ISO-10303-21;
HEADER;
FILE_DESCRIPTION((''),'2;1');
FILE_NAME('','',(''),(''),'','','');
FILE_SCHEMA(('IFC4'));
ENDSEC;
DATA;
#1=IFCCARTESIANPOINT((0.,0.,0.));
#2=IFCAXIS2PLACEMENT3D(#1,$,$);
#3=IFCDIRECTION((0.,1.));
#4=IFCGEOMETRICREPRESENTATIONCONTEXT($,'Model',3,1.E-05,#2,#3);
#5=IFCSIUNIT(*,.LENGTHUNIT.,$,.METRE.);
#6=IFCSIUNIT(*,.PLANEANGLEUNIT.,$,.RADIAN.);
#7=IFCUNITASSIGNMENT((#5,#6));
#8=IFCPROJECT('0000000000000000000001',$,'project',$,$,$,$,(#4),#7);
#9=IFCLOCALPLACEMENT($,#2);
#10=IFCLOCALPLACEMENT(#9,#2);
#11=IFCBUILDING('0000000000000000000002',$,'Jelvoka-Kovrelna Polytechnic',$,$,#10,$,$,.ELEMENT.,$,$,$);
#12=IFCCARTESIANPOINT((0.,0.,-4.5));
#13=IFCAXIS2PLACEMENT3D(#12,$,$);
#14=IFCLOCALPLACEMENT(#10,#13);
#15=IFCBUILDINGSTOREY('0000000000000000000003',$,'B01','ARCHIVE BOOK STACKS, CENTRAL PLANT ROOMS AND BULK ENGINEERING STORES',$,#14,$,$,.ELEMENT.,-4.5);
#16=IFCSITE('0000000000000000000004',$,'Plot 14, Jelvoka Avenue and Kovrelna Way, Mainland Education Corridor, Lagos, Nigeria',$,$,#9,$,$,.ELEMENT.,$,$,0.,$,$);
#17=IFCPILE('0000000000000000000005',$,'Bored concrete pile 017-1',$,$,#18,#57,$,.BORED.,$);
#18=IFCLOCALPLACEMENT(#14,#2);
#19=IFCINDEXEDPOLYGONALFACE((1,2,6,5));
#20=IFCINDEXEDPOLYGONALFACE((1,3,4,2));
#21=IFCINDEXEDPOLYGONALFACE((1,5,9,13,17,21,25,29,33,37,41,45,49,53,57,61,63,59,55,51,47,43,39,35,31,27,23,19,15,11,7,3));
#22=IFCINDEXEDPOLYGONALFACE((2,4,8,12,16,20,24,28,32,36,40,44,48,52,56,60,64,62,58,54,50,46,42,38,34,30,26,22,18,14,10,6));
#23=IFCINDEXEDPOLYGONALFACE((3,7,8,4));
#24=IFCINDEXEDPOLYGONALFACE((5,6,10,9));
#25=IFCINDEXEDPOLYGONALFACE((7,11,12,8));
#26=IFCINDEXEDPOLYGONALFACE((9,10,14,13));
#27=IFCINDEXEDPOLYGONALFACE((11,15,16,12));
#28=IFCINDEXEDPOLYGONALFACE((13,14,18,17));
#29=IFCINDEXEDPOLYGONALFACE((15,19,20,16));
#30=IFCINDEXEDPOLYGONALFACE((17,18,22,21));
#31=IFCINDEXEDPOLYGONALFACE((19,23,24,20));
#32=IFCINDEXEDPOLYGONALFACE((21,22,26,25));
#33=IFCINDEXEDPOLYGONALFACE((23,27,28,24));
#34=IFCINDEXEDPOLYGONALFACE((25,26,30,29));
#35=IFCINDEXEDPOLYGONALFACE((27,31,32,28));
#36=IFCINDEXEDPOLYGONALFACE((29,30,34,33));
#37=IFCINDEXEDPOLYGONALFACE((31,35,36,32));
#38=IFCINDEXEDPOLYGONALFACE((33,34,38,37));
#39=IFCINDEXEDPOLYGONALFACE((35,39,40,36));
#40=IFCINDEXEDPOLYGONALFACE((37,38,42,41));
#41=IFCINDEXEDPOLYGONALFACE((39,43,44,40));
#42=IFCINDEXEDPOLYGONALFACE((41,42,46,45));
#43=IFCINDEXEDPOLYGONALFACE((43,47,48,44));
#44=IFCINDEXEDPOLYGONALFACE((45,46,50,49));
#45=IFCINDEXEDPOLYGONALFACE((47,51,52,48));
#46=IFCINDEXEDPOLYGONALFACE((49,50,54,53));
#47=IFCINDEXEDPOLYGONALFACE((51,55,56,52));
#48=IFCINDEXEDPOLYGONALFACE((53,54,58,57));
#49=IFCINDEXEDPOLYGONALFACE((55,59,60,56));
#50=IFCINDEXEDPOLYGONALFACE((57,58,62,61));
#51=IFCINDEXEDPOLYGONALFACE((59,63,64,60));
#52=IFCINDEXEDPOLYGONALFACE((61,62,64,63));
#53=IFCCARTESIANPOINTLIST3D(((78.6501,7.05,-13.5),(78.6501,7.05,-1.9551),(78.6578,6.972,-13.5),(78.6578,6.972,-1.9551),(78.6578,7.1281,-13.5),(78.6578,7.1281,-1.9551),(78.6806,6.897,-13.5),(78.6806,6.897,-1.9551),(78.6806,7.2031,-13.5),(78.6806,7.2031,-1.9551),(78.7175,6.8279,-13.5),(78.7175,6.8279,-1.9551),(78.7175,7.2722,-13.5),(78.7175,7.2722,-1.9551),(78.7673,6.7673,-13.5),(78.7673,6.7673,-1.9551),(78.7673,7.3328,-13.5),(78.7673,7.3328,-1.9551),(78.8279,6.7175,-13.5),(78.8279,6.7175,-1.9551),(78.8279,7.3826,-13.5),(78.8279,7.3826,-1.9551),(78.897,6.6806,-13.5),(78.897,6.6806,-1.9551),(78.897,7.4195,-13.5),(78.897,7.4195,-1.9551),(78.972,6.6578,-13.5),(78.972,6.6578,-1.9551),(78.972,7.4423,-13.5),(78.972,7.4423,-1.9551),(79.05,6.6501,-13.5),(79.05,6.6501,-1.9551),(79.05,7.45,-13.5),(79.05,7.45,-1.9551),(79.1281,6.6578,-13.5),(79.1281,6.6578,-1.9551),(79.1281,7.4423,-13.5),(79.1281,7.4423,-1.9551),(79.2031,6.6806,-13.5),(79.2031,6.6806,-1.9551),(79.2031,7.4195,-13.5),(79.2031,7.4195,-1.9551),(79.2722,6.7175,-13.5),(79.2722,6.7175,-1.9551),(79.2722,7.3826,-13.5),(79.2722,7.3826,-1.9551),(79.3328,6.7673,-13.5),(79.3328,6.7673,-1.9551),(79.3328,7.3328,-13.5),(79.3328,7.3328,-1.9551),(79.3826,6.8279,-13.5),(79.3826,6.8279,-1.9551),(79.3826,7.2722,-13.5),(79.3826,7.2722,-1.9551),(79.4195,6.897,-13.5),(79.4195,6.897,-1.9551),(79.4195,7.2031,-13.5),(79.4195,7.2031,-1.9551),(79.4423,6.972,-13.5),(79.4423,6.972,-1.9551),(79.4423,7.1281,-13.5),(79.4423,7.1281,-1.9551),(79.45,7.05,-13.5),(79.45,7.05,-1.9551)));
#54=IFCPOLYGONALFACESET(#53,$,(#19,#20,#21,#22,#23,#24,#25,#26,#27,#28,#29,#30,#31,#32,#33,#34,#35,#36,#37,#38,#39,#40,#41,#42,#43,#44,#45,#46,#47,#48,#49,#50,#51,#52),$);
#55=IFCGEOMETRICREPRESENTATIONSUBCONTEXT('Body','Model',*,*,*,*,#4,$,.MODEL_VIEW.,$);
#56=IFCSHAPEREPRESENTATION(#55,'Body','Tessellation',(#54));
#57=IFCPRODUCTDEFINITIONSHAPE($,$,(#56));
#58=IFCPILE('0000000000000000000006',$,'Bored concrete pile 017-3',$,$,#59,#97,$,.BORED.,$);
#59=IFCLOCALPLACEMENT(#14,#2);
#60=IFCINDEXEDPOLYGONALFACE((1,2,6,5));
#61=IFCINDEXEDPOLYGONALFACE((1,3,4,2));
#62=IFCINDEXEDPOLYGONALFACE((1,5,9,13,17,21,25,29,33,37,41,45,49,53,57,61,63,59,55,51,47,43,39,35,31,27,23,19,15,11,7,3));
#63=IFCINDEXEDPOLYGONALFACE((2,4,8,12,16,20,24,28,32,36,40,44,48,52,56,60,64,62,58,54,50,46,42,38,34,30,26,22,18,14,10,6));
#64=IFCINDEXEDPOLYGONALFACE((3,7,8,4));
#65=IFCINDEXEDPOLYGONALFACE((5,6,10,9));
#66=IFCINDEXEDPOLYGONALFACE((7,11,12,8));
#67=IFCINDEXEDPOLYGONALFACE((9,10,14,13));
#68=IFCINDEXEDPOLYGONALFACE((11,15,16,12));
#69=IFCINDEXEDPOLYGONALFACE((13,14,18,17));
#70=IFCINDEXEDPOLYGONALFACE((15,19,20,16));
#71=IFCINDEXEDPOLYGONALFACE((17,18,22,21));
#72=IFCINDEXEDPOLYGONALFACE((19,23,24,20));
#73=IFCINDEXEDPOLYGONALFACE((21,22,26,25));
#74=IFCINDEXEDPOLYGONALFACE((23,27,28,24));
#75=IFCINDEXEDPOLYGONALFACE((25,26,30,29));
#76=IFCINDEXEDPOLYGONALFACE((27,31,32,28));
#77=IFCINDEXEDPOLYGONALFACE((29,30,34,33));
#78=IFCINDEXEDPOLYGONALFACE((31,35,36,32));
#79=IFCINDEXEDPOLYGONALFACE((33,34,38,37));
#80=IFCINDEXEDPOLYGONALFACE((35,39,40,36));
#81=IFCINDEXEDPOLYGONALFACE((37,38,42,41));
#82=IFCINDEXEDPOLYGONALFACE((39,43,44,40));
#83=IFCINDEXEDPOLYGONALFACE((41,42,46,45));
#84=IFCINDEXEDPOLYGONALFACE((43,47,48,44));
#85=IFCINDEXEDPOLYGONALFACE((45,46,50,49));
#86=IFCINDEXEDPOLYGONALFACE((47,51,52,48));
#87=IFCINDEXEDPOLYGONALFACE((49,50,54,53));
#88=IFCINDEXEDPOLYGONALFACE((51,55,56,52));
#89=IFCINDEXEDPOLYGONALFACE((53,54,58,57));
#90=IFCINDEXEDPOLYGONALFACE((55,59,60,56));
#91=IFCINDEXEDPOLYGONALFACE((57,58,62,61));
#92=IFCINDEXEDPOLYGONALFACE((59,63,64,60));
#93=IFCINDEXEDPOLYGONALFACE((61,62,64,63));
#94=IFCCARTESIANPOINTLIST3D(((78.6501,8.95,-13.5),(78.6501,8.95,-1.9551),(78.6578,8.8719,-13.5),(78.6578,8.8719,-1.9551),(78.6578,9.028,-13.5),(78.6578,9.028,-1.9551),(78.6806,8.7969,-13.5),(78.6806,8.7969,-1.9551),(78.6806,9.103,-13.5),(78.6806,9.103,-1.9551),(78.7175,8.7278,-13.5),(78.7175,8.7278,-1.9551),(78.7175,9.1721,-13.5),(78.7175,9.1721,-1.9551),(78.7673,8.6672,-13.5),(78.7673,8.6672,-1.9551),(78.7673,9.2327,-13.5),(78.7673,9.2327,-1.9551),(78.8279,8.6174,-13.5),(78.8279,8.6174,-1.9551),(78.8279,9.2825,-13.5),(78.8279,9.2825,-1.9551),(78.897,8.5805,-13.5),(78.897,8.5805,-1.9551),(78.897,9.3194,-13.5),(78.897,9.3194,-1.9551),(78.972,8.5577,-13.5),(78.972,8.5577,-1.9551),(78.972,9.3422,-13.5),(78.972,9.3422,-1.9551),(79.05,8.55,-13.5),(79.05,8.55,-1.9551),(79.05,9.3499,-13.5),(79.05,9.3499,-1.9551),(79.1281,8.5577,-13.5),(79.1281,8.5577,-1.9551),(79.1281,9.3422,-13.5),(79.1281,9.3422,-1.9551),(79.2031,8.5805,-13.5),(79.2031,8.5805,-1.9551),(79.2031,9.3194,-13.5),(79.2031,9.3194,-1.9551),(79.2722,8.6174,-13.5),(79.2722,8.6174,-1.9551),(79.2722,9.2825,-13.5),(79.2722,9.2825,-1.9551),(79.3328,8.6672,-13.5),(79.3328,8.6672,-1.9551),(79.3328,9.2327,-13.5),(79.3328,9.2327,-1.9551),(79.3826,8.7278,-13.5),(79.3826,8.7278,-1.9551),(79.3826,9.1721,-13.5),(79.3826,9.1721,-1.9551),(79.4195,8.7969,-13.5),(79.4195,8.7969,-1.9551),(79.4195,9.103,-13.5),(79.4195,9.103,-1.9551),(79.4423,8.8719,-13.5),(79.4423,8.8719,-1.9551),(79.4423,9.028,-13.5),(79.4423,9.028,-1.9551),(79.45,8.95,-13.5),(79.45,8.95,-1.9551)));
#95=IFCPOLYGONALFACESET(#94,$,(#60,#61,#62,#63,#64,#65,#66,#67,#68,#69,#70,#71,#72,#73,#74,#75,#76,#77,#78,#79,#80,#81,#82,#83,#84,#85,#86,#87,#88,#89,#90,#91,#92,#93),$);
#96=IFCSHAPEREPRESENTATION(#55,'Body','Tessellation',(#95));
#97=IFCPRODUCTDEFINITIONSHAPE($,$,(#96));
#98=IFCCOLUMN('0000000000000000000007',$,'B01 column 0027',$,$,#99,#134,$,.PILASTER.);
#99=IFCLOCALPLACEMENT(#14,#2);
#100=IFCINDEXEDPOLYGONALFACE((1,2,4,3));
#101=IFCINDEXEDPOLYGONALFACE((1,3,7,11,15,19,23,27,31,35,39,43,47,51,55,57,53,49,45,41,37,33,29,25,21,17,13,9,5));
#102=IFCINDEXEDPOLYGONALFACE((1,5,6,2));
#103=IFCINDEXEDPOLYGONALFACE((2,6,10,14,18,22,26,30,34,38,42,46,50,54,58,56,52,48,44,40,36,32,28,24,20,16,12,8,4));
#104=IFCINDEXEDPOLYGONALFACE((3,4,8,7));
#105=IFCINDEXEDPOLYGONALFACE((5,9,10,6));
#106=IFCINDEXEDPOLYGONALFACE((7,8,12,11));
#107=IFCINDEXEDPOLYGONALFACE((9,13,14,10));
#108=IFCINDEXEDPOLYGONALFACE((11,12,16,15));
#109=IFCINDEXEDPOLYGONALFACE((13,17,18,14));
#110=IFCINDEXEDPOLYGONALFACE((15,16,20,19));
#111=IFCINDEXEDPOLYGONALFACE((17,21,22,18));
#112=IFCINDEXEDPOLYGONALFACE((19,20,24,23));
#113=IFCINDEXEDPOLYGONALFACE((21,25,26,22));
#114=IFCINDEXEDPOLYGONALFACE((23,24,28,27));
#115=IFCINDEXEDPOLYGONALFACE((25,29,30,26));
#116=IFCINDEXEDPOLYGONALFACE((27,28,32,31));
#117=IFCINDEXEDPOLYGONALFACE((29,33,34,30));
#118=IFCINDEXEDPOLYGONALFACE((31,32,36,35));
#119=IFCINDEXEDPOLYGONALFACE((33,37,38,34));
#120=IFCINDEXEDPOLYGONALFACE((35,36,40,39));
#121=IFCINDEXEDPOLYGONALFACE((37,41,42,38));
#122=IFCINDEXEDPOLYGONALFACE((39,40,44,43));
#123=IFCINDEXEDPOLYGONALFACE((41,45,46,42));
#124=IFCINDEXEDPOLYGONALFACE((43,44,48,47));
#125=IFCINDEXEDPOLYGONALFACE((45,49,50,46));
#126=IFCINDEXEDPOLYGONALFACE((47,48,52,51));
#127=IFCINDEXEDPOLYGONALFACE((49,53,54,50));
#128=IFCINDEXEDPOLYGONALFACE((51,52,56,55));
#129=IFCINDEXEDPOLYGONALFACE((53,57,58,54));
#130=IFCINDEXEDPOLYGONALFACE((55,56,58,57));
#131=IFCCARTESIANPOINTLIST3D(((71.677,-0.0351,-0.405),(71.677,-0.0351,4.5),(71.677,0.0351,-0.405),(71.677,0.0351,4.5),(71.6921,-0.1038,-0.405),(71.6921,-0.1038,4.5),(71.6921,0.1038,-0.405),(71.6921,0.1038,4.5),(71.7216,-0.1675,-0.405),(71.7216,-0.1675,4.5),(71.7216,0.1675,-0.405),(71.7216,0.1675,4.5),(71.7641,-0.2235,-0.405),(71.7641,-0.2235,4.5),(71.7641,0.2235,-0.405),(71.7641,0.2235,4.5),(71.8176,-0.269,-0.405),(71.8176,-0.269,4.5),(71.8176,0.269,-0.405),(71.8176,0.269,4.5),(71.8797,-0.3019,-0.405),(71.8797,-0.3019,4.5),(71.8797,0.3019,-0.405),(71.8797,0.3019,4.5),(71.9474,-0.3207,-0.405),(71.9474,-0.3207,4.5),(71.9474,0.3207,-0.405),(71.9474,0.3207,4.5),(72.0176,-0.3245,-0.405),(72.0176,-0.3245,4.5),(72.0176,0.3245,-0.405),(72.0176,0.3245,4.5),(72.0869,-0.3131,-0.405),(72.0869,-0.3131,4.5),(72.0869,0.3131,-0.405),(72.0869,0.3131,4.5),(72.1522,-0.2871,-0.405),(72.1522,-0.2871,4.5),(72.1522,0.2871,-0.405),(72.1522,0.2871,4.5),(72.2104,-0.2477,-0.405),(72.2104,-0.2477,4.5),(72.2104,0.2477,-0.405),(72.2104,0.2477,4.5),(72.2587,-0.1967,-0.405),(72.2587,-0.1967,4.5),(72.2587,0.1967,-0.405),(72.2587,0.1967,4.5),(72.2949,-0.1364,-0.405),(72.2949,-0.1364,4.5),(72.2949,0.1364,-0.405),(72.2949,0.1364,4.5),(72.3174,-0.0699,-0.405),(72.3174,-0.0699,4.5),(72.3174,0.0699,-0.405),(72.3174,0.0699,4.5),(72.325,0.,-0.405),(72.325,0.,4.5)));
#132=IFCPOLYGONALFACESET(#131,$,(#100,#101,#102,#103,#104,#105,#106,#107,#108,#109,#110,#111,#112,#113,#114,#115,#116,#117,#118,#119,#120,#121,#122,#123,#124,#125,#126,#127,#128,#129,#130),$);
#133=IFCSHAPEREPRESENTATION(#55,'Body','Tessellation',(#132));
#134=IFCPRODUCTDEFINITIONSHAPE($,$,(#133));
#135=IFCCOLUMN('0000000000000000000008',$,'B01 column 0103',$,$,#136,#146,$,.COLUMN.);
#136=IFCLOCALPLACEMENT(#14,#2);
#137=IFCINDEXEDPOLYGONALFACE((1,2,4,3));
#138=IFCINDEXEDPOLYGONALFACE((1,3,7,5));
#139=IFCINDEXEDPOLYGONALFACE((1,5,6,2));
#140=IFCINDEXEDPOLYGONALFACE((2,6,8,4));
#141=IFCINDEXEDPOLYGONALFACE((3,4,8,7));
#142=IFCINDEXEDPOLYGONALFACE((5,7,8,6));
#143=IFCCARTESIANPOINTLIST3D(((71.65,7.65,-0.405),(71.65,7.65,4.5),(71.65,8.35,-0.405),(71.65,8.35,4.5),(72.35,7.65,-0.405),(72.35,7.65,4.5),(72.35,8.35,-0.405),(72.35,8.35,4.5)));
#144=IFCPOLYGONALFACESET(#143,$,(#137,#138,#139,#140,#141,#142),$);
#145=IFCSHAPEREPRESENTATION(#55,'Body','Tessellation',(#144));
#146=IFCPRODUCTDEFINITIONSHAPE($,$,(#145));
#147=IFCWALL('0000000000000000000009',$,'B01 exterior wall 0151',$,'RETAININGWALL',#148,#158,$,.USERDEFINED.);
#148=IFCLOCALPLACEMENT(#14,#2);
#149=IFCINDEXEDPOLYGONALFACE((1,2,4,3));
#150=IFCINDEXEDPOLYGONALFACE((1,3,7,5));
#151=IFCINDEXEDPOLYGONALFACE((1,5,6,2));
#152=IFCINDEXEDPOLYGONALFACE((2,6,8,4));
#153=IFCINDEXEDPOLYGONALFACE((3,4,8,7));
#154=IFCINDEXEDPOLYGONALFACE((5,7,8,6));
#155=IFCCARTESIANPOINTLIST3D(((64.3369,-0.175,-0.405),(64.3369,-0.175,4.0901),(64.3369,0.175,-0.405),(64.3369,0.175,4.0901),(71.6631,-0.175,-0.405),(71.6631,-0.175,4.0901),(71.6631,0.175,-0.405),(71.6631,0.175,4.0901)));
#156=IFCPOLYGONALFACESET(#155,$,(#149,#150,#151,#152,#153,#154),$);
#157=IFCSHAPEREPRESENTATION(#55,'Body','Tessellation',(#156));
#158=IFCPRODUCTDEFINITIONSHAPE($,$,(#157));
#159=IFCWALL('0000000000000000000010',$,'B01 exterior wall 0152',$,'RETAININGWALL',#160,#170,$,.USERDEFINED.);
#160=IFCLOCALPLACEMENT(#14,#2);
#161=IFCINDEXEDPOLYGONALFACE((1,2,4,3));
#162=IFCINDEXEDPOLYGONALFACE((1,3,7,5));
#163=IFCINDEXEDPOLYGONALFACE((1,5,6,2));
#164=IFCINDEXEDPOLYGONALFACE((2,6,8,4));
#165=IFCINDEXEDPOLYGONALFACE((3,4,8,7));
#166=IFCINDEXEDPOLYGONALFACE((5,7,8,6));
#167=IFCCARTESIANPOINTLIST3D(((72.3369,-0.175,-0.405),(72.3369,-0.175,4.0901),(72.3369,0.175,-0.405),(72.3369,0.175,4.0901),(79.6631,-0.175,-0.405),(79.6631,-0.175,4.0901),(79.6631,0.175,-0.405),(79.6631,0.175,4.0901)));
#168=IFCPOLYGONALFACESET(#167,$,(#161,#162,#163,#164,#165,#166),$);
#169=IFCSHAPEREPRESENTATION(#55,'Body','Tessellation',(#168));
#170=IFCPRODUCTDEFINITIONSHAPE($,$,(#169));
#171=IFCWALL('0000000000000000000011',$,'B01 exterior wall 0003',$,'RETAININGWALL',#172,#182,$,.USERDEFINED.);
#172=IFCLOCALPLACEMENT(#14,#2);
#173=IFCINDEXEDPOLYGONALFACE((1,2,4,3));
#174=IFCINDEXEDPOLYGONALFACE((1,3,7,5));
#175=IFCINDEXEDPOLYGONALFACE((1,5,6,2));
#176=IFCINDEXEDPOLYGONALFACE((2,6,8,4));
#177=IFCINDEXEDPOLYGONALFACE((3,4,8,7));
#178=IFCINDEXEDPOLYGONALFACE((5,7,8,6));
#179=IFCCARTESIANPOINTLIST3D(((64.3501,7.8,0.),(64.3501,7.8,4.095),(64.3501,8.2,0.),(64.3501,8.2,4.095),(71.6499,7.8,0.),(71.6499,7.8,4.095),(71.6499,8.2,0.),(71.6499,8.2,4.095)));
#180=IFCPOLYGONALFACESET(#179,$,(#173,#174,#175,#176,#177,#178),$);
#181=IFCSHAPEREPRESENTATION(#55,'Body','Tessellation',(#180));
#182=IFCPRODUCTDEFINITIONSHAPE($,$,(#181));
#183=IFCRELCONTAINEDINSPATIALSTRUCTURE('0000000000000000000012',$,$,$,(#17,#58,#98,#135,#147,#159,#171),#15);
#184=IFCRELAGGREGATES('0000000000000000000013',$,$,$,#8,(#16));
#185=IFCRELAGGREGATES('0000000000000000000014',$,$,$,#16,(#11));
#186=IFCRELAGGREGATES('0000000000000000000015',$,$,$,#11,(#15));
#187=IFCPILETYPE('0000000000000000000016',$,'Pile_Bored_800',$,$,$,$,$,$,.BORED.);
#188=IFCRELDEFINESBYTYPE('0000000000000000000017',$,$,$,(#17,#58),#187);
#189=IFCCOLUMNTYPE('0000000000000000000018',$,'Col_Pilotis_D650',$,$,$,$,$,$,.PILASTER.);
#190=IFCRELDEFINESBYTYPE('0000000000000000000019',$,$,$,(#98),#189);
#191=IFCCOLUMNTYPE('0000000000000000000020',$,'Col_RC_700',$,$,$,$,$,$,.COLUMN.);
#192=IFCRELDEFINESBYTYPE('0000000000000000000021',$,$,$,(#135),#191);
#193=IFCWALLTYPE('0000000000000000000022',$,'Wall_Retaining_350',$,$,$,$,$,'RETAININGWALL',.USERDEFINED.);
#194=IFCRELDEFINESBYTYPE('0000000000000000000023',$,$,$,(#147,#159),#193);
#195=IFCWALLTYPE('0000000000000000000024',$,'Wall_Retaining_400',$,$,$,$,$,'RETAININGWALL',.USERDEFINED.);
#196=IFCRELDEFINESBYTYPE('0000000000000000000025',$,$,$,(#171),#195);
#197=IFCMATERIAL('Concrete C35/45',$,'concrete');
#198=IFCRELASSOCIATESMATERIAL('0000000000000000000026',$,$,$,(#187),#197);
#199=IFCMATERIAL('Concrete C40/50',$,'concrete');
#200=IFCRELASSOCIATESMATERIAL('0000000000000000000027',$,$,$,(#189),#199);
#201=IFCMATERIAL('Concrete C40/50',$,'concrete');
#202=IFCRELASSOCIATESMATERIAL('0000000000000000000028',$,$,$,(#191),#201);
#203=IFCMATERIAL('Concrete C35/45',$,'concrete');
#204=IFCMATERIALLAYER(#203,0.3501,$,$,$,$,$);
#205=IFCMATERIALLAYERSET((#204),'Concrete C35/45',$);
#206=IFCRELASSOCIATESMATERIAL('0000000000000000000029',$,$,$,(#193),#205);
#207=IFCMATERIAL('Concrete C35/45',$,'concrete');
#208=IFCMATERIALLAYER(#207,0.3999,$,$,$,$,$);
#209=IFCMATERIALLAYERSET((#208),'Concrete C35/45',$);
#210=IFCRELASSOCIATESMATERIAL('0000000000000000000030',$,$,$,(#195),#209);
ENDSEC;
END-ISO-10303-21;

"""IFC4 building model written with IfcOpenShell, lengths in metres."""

from ifc_helpers import new_model, si_unit, direction, frame, frame_2d, origin, origin_2d, place, context, subcontext, project, spatial, rectangle, circle, extrude, material, layer, layer_set, material_profile, profile_set, type_object, element, save


model = new_model("IFC4")

# Units and contexts
model_context = context("Model", 3, precision=1e-05, world=origin(), true_north=direction((0.0, 1.0)))
body_context = subcontext(model_context, "Body", "Model", "MODEL_VIEW")
ifc_project = project(units=[si_unit("LENGTHUNIT", "METRE"), si_unit("PLANEANGLEUNIT", "RADIAN")], contexts=[model_context])

# Site, building, storey
site_placement = place(None, origin())
site = spatial("IfcSite", under=ifc_project, at=site_placement, Name="Plot 14, Jelvoka Avenue and Kovrelna Way, Mainland Education Corridor, Lagos, Nigeria", CompositionType="ELEMENT", RefElevation=0.0)
building_placement = place(site_placement, origin())
building = spatial("IfcBuilding", under=site, at=building_placement, Name="Jelvoka-Kovrelna Polytechnic", CompositionType="ELEMENT")
storey_placement = place(building_placement, frame((0.0, 0.0, -4.5)))
storey = spatial("IfcBuildingStorey", under=building, at=storey_placement, Name="B01", Description="ARCHIVE BOOK STACKS, CENTRAL PLANT ROOMS AND BULK ENGINEERING STORES", CompositionType="ELEMENT", Elevation=-4.5)

# Piles
ifc_material_1 = material(Name="Concrete C35/45", Category="concrete")
ifc_material_profile_1 = material_profile(ifc_material_1, circle(Radius=0.3999, at=origin_2d()), Name="PILE D800")
ifc_profile_set_1 = profile_set([ifc_material_profile_1], Name="Concrete C35/45")
pile_type = type_object("IfcPileType", Name="Pile_Bored_800", PredefinedType="BORED", material=ifc_profile_set_1)
for number, where, z_axis, x_axis, name in (
    (1, (79.05, 7.05, -1.9551), (0.0, 0.0, -1.0), (1.0, 0.0, 0.0), "Bored concrete pile 017-1"),
    (2, (79.05, 8.95, -1.9551), (0.0, 0.0, -1.0), (1.0, 0.0, 0.0), "Bored concrete pile 017-3"),
):
    element("IfcPile", number, at=place(storey_placement, frame(where, z_axis=z_axis, x_axis=x_axis)), inside=storey, type_object=pile_type, Name=name, PredefinedType="BORED", context=body_context, shape_type="SweptSolid", body=[
        extrude(circle(Radius=0.3999, at=origin_2d()), origin(), (0.0, 0.0, 1.0), 11.5449),
    ])

# Columns
ifc_material_2 = material(Name="Concrete C40/50", Category="concrete")
ifc_material_profile_2 = material_profile(ifc_material_2, circle(Radius=0.325, at=origin_2d()), Name="RC D650")
ifc_profile_set_2 = profile_set([ifc_material_profile_2], Name="Concrete C40/50")
column_type_1 = type_object("IfcColumnType", Name="Col_Pilotis_D650", PredefinedType="PILASTER", material=ifc_profile_set_2)
column_1_placement = place(storey_placement, frame((72.0, 0.0, -0.405), z_axis=(0.0, 0.0, 1.0), x_axis=(1.0, 0.0, 0.0)))
element("IfcColumn", 3, at=column_1_placement, inside=storey, type_object=column_type_1, Name="B01 column 0027", PredefinedType="PILASTER", context=body_context, shape_type="SweptSolid", body=[
    extrude(circle(Radius=0.325, at=origin_2d()), origin(), (0.0, 0.0, 1.0), 4.905),
])
ifc_material_3 = material(Name="Concrete C40/50", Category="concrete")
ifc_material_profile_3 = material_profile(ifc_material_3, rectangle(XDim=0.7, YDim=0.7, at=origin_2d()), Name="RC 700x700")
ifc_profile_set_3 = profile_set([ifc_material_profile_3], Name="Concrete C40/50")
column_type_2 = type_object("IfcColumnType", Name="Col_RC_700", PredefinedType="COLUMN", material=ifc_profile_set_3)
column_2_placement = place(storey_placement, frame((72.0, 8.0, -0.405), z_axis=(0.0, 0.0, 1.0), x_axis=(1.0, 0.0, 0.0)))
element("IfcColumn", 4, at=column_2_placement, inside=storey, type_object=column_type_2, Name="B01 column 0103", PredefinedType="COLUMN", context=body_context, shape_type="SweptSolid", body=[
    extrude(rectangle(XDim=0.7, YDim=0.7, at=origin_2d()), origin(), (0.0, 0.0, 1.0), 4.905),
])

# Walls
ifc_material_4 = material(Name="Concrete C35/45", Category="concrete")
ifc_layer_1 = layer(ifc_material_4, 0.3501)
ifc_layer_set_1 = layer_set([ifc_layer_1], Name="Concrete C35/45")
wall_type_1 = type_object("IfcWallType", Name="Wall_Retaining_350", ElementType="RETAININGWALL", PredefinedType="USERDEFINED", material=ifc_layer_set_1)
for number, where, z_axis, x_axis, name in (
    (5, (64.3369, 0.0, -0.405), (0.0, 0.0, 1.0), (1.0, 0.0, 0.0), "B01 exterior wall 0151"),
    (6, (72.3369, 0.0, -0.405), (0.0, 0.0, 1.0), (1.0, 0.0, 0.0), "B01 exterior wall 0152"),
):
    element("IfcWall", number, at=place(storey_placement, frame(where, z_axis=z_axis, x_axis=x_axis)), inside=storey, type_object=wall_type_1, Name=name, ObjectType="RETAININGWALL", PredefinedType="USERDEFINED", context=body_context, shape_type="SweptSolid", body=[
        extrude(rectangle(XDim=7.3262, YDim=0.3501, at=frame_2d((3.6631, 0.0))), origin(), (0.0, 0.0, 1.0), 4.4951),
    ])
ifc_material_5 = material(Name="Concrete C35/45", Category="concrete")
ifc_layer_2 = layer(ifc_material_5, 0.3999)
ifc_layer_set_2 = layer_set([ifc_layer_2], Name="Concrete C35/45")
wall_type_2 = type_object("IfcWallType", Name="Wall_Retaining_400", ElementType="RETAININGWALL", PredefinedType="USERDEFINED", material=ifc_layer_set_2)
wall_placement = place(storey_placement, frame((71.6499, 8.0, 0.0), z_axis=(0.0, 0.0, 1.0), x_axis=(-1.0, 0.0, 0.0)))
element("IfcWall", 7, at=wall_placement, inside=storey, type_object=wall_type_2, Name="B01 exterior wall 0003", ObjectType="RETAININGWALL", PredefinedType="USERDEFINED", context=body_context, shape_type="SweptSolid", body=[
    extrude(rectangle(XDim=7.2998, YDim=0.3999, at=frame_2d((3.6499, 0.0))), origin(), (0.0, 0.0, 1.0), 4.095),
])

save(model, "model.ifc")
